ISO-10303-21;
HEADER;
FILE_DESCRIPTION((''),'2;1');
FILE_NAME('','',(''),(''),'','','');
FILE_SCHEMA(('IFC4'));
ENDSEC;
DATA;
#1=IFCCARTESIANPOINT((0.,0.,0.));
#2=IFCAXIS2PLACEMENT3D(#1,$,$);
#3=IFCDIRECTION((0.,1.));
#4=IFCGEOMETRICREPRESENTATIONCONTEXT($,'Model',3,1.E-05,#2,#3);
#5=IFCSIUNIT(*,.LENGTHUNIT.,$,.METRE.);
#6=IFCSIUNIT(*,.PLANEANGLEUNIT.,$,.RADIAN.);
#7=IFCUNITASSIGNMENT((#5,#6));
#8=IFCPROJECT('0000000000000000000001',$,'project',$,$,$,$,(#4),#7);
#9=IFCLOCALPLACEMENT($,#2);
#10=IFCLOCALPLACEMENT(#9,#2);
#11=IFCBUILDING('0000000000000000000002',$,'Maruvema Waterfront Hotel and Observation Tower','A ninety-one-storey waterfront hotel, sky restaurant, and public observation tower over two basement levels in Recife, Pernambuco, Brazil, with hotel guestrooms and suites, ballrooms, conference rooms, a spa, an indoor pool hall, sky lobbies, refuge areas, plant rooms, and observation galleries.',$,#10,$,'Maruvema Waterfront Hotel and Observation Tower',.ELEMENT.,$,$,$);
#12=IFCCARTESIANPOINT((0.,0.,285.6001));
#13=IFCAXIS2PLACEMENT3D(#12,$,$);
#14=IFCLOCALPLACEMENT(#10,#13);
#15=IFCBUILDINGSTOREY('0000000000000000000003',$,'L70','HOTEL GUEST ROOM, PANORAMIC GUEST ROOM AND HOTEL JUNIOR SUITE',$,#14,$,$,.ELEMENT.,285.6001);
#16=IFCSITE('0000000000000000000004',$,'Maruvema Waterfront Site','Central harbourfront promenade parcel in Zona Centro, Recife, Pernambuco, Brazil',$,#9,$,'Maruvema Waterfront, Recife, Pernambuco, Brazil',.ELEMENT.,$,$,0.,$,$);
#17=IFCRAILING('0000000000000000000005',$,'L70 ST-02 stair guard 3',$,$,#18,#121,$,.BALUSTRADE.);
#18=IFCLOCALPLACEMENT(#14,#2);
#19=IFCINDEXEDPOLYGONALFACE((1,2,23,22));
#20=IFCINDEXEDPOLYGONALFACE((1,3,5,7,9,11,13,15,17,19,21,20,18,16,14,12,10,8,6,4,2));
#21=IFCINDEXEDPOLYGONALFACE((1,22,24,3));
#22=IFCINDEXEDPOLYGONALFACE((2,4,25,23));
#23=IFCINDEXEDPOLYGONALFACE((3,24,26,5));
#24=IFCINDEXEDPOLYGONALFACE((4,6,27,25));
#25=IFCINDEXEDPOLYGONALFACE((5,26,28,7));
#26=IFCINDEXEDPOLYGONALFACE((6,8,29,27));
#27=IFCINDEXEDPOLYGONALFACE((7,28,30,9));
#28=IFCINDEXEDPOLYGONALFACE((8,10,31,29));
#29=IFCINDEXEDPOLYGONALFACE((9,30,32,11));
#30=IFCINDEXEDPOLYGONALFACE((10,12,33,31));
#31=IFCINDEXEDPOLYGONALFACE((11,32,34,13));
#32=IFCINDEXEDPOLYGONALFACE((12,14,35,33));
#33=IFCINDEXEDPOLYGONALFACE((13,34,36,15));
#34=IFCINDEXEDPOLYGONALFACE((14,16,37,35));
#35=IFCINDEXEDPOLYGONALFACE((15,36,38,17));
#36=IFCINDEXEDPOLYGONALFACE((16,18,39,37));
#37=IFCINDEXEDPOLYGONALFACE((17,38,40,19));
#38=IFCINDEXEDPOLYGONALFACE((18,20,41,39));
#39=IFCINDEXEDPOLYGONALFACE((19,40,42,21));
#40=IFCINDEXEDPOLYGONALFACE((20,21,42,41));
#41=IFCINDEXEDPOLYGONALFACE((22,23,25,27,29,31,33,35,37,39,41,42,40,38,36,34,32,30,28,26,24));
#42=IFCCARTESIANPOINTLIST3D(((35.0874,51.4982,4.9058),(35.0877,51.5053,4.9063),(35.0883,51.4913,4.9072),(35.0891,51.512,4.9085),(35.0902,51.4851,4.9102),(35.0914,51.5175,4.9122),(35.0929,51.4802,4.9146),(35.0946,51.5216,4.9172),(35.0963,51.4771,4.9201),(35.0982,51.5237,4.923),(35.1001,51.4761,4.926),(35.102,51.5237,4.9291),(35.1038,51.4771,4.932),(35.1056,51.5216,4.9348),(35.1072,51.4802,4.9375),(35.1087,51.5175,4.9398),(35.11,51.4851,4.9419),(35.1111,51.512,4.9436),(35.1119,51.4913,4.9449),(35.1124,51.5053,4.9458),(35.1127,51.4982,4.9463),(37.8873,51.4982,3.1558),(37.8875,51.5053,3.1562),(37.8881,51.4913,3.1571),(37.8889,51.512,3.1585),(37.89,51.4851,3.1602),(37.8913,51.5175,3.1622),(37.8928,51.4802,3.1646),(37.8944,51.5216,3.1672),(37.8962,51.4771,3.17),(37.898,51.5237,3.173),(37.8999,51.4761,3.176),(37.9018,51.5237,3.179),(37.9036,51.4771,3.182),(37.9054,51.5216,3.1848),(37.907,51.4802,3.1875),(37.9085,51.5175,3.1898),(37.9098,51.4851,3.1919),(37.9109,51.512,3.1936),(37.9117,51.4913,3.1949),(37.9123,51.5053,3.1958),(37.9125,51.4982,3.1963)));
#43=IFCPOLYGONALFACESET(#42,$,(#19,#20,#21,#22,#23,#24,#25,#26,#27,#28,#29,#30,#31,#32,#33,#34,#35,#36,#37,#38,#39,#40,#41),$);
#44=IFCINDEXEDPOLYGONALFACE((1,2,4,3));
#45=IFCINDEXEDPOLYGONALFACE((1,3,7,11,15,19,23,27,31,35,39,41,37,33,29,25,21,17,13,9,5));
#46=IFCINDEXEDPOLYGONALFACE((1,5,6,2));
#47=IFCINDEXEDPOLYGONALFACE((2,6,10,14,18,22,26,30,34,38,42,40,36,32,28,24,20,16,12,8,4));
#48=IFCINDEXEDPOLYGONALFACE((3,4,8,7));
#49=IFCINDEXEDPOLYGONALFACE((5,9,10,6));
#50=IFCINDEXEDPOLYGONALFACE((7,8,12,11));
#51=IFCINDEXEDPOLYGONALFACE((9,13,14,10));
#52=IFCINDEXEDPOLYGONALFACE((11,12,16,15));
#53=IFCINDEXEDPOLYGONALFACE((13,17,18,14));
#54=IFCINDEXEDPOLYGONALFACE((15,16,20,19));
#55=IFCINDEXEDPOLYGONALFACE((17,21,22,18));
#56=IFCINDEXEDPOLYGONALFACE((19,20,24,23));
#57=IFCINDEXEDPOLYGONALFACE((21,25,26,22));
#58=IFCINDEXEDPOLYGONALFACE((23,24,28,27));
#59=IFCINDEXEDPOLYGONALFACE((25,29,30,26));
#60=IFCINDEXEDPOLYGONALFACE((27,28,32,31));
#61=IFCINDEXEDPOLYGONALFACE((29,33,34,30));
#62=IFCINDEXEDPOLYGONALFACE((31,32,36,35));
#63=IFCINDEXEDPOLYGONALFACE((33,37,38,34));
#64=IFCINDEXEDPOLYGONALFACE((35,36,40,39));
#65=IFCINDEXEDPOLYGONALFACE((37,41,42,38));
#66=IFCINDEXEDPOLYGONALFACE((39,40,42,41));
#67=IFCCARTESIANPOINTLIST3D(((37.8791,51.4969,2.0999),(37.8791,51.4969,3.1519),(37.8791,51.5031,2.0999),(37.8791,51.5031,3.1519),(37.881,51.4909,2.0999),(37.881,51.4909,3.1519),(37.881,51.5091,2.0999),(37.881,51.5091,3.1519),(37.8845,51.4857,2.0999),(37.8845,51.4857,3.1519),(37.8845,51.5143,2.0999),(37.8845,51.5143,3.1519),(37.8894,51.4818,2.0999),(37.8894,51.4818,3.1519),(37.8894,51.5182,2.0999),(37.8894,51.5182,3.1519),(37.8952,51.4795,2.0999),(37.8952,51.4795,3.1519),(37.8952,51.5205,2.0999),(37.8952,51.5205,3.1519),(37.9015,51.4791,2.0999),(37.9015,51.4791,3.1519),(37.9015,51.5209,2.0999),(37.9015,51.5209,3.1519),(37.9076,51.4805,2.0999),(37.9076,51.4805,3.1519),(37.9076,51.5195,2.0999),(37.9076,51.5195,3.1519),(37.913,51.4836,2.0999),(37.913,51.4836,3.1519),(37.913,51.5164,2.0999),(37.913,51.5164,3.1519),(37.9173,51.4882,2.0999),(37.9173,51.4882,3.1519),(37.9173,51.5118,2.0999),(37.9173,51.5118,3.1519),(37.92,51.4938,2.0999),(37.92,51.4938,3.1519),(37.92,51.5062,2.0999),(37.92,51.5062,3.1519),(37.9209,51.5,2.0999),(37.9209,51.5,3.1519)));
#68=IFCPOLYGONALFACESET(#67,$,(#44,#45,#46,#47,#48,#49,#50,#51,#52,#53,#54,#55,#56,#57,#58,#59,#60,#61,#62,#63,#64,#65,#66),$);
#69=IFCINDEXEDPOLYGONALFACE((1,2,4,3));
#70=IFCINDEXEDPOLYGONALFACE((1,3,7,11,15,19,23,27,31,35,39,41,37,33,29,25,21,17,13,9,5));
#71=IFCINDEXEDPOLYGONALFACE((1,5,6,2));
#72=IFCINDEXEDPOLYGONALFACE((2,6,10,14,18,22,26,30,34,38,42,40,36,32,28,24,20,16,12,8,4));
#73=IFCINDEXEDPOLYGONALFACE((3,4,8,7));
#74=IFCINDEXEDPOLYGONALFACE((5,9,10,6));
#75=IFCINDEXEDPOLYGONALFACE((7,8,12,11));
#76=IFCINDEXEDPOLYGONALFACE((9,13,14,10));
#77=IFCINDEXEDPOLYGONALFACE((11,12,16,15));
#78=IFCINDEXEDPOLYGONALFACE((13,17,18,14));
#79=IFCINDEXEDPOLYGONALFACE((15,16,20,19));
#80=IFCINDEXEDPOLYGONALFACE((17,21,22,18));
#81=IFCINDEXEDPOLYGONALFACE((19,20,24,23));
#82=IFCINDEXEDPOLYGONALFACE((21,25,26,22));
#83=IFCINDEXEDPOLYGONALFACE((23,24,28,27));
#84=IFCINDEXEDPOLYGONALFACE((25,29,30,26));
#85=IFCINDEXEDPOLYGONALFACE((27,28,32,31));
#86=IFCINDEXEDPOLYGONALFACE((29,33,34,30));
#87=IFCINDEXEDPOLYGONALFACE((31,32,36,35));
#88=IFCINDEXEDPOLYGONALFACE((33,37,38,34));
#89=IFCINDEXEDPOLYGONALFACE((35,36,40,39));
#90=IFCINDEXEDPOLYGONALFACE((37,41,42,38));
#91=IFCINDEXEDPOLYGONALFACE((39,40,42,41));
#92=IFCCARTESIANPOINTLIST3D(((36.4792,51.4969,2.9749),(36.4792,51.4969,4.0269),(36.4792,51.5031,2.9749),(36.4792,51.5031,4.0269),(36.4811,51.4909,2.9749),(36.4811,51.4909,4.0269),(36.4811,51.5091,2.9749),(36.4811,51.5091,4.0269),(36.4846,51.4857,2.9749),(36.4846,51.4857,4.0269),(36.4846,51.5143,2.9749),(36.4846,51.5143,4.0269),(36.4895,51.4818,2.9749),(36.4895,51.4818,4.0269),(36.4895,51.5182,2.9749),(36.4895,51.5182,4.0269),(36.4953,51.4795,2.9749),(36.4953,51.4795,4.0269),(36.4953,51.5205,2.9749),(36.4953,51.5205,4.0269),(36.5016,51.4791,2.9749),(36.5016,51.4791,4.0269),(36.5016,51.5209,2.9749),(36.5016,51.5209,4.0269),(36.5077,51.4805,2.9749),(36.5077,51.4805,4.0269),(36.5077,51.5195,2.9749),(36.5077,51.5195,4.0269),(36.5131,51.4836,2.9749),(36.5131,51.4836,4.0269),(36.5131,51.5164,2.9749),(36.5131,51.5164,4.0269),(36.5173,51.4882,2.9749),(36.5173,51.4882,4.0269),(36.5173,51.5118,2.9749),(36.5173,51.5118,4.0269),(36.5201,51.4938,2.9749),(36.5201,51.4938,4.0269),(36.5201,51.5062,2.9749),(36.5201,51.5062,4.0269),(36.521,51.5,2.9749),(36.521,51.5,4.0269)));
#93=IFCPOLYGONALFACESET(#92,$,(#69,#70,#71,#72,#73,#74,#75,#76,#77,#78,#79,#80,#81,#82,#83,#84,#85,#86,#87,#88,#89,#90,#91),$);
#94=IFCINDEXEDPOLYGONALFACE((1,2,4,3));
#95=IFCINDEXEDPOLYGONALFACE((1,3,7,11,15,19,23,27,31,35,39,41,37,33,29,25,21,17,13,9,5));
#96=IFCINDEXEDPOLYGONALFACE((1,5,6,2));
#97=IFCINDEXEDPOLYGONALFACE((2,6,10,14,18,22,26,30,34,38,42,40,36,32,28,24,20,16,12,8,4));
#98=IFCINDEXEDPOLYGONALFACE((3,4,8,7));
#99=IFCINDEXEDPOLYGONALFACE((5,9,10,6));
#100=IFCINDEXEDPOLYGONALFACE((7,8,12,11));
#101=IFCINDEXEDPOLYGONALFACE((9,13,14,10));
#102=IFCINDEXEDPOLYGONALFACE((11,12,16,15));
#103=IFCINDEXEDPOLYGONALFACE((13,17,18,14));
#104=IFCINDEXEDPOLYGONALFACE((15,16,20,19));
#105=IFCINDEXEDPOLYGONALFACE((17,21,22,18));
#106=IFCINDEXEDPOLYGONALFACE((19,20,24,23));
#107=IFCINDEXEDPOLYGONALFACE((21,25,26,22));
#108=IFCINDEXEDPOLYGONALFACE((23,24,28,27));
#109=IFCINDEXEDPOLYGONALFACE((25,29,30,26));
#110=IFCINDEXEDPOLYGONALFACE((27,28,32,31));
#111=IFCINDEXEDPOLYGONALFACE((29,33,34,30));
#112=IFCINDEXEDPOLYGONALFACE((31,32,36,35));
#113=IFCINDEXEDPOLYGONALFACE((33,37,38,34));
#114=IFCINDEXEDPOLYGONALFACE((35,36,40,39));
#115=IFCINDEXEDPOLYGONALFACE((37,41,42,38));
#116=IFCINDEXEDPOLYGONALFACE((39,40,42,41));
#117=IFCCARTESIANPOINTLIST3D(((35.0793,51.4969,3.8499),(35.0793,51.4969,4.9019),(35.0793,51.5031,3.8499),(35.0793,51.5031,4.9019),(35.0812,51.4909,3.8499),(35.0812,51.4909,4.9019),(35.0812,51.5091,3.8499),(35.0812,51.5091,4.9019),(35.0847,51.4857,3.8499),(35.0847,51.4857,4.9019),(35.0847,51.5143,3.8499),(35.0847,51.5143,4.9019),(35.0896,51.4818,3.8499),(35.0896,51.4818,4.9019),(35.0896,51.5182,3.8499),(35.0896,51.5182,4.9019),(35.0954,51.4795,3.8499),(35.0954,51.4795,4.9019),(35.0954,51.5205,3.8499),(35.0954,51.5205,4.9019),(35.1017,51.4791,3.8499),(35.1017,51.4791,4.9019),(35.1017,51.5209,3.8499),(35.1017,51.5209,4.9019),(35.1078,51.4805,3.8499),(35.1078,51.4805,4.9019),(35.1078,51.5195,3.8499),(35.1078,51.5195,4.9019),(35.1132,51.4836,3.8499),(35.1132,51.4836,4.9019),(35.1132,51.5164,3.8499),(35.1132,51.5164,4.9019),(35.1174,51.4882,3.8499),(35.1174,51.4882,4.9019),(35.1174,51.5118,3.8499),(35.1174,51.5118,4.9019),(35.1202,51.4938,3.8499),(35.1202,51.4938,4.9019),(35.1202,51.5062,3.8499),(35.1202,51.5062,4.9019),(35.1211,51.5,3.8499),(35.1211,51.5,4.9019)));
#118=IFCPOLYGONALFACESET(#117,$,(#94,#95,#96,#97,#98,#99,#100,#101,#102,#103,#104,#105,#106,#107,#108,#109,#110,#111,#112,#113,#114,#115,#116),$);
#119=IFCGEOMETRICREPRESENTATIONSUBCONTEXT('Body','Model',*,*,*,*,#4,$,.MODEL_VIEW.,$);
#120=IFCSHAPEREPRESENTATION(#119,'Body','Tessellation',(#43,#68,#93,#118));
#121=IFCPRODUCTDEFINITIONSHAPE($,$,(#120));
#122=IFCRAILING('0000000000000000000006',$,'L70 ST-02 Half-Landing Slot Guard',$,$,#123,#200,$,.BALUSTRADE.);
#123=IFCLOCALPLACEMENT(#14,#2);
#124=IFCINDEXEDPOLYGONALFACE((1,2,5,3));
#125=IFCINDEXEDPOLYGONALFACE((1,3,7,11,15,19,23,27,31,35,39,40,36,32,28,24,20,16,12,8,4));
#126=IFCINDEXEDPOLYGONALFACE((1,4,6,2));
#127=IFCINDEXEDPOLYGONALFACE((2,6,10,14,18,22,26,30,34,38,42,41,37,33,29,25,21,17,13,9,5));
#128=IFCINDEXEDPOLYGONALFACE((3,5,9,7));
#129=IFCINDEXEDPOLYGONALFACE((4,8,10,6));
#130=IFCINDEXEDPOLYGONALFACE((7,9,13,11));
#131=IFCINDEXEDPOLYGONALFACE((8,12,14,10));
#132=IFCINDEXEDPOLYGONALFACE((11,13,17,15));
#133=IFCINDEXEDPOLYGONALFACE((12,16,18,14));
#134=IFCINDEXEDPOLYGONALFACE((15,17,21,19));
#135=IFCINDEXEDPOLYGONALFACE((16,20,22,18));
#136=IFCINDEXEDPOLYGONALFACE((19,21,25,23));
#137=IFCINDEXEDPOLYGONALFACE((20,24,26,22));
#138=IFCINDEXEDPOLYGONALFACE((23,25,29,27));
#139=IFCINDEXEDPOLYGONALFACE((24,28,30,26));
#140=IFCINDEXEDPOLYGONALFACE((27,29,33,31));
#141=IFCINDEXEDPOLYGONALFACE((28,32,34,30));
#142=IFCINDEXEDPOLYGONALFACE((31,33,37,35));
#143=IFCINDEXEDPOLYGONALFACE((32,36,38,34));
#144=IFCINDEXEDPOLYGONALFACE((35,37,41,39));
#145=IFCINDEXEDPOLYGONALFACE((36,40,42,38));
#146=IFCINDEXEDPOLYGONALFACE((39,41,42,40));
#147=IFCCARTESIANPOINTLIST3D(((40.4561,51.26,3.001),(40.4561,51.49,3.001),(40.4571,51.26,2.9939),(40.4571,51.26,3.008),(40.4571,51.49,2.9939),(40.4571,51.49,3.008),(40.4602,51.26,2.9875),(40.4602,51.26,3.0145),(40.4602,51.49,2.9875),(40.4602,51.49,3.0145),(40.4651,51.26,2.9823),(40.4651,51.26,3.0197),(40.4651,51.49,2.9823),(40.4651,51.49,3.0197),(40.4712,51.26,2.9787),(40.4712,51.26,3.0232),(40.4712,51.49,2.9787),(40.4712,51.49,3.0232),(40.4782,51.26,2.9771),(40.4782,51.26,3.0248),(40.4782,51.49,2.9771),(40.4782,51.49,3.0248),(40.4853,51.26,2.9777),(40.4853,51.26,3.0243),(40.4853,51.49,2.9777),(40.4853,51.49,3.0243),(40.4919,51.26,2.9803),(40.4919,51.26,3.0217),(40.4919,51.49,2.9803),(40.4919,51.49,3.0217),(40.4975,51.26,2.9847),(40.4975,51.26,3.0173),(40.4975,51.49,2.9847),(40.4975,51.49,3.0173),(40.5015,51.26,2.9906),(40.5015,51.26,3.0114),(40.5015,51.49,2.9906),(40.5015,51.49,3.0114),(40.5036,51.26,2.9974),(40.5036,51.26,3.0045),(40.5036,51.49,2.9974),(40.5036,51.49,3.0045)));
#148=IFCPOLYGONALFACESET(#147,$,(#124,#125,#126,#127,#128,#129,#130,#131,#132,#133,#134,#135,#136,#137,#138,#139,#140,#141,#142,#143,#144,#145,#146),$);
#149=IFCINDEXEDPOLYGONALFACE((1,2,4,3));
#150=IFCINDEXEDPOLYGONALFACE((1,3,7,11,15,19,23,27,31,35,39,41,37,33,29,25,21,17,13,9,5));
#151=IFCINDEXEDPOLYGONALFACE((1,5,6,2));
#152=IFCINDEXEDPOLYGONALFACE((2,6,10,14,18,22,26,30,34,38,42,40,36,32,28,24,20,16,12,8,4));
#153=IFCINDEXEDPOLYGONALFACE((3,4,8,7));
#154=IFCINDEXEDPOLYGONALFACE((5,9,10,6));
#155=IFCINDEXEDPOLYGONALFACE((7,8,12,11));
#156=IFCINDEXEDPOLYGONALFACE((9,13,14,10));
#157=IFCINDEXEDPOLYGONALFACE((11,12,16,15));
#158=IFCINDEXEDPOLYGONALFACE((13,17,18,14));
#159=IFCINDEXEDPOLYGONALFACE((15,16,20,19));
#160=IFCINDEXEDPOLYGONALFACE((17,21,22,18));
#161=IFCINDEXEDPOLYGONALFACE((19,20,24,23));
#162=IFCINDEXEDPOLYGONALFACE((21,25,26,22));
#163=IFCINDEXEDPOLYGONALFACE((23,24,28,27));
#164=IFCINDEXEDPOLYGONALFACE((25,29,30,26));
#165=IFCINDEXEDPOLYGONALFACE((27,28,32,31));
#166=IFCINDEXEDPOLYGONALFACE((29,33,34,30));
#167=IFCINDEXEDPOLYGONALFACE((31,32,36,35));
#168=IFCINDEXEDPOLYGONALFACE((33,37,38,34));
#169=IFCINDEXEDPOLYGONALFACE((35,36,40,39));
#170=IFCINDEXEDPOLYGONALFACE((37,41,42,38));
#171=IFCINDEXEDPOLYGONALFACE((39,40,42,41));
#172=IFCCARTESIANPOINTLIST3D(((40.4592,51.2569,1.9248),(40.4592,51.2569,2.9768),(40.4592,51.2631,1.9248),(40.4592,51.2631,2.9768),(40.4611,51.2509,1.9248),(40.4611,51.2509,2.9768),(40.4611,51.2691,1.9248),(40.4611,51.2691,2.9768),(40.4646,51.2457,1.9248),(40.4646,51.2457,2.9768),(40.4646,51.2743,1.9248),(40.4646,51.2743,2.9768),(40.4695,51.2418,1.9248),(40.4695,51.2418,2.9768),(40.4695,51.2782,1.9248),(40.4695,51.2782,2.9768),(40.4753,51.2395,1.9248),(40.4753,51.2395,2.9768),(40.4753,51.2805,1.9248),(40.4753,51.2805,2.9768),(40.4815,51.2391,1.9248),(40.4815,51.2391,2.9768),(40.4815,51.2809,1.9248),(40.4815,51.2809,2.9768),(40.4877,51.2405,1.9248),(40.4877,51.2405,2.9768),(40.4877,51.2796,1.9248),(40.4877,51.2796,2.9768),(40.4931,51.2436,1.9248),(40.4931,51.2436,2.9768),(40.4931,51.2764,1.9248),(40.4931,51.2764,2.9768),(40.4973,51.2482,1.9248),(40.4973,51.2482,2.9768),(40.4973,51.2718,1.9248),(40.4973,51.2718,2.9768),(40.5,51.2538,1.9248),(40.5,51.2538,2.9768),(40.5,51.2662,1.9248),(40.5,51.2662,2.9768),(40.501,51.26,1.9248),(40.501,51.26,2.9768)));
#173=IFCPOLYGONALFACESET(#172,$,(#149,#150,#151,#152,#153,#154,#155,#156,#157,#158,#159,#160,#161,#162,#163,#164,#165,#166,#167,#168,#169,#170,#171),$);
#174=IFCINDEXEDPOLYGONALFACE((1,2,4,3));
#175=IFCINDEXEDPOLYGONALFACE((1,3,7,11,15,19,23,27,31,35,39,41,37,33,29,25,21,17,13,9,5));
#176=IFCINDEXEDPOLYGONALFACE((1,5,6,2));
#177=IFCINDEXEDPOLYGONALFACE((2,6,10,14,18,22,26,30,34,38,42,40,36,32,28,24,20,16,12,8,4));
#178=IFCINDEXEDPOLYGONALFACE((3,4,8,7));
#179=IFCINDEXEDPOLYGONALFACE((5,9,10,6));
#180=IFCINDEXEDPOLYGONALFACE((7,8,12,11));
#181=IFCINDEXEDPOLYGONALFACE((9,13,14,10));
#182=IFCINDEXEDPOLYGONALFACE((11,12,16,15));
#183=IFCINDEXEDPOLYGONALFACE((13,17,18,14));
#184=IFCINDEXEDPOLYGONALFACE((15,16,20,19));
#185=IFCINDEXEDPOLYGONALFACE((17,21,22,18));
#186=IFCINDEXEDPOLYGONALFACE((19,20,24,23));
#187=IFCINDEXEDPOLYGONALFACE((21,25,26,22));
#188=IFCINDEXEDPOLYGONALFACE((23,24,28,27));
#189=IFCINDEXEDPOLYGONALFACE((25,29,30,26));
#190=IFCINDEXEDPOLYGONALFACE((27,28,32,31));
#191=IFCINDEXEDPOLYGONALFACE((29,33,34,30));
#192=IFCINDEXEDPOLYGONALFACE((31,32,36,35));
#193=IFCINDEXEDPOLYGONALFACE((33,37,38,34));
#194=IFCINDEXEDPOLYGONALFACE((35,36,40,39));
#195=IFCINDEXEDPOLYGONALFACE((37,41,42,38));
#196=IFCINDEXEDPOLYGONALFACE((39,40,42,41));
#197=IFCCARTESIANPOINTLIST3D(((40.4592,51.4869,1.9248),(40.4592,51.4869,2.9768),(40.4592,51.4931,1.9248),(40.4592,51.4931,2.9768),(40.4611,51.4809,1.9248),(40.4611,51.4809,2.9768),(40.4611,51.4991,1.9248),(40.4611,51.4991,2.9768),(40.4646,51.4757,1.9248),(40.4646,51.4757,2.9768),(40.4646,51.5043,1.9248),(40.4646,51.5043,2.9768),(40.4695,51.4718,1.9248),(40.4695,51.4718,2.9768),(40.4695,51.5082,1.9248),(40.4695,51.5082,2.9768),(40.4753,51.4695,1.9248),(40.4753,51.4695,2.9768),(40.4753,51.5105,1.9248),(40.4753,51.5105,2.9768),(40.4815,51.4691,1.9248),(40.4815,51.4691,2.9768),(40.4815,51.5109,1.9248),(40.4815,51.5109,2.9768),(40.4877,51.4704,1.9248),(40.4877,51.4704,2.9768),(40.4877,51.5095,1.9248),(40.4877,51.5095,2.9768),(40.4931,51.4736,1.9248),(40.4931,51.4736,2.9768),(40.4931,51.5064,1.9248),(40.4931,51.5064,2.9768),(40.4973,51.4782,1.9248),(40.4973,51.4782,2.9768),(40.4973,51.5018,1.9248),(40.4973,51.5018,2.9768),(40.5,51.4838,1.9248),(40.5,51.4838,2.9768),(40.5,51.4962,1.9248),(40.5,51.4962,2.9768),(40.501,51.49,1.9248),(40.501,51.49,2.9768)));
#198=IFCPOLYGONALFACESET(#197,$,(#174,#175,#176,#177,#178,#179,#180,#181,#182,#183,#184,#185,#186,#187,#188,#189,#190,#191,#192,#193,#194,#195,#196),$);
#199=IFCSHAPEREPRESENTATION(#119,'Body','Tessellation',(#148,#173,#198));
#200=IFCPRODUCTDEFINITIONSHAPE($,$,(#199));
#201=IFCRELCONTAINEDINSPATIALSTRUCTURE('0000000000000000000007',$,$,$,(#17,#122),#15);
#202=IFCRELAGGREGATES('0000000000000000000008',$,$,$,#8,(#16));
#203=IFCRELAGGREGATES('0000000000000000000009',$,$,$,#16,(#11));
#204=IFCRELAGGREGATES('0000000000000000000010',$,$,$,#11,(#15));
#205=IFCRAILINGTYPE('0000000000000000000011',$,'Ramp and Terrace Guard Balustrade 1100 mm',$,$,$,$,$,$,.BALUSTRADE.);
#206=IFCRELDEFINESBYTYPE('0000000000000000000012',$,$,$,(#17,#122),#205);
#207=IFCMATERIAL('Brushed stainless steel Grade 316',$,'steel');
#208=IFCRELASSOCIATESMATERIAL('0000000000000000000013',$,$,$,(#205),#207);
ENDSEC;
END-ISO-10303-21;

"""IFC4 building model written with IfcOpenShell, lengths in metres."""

from ifc_helpers import new_model, si_unit, direction, frame, origin, origin_2d, place, context, subcontext, project, spatial, circle, extrude, material, type_object, element, save


model = new_model("IFC4")

# Units and contexts
model_context = context("Model", 3, precision=1e-05, world=origin(), true_north=direction((0.0, 1.0)))
body_context = subcontext(model_context, "Body", "Model", "MODEL_VIEW")
ifc_project = project(units=[si_unit("LENGTHUNIT", "METRE"), si_unit("PLANEANGLEUNIT", "RADIAN")], contexts=[model_context])

# Site, building, storey
site_placement = place(None, origin())
site = spatial("IfcSite", under=ifc_project, at=site_placement, Name="Maruvema Waterfront Site", Description="Central harbourfront promenade parcel in Zona Centro, Recife, Pernambuco, Brazil", LongName="Maruvema Waterfront, Recife, Pernambuco, Brazil", CompositionType="ELEMENT", RefElevation=0.0)
building_placement = place(site_placement, origin())
building = spatial("IfcBuilding", under=site, at=building_placement, Name="Maruvema Waterfront Hotel and Observation Tower", Description="A ninety-one-storey waterfront hotel, sky restaurant, and public observation tower over two basement levels in Recife, Pernambuco, Brazil, with hotel guestrooms and suites, ballrooms, conference rooms, a spa, an indoor pool hall, sky lobbies, refuge areas, plant rooms, and observation galleries.", LongName="Maruvema Waterfront Hotel and Observation Tower", CompositionType="ELEMENT")
storey_placement = place(building_placement, frame((0.0, 0.0, 285.6001)))
storey = spatial("IfcBuildingStorey", under=building, at=storey_placement, Name="L70", Description="HOTEL GUEST ROOM, PANORAMIC GUEST ROOM AND HOTEL JUNIOR SUITE", CompositionType="ELEMENT", Elevation=285.6001)

# Railings
ifc_material_1 = material(Name="Brushed stainless steel Grade 316", Category="steel")
railing_type_1 = type_object("IfcRailingType", Name="Ramp and Terrace Guard Balustrade 1100 mm", PredefinedType="BALUSTRADE", material=ifc_material_1)
railing_1_placement = place(storey_placement, frame((37.8999, 51.5, 2.0999)))
element("IfcRailing", 1, at=railing_1_placement, inside=storey, type_object=railing_type_1, Name="L70 ST-02 stair guard 3", PredefinedType="BALUSTRADE", context=body_context, shape_type="SweptSolid", body=[
    extrude(circle(Radius=0.0239, at=origin_2d()), frame((0.0, 0.0, 1.0762), z_axis=(-0.847982, 0.0, 0.530026), x_axis=(0.0, -1.0, 0.0)), (0.0, 0.0, 1.0), 3.3018),
    extrude(circle(Radius=0.021, at=origin_2d()), origin(), (0.0, 0.0, 1.0), 1.052),
    extrude(circle(Radius=0.021, at=origin_2d()), frame((-1.3999, 0.0, 0.875)), (0.0, 0.0, 1.0), 1.052),
    extrude(circle(Radius=0.021, at=origin_2d()), frame((-2.7998, 0.0, 1.75)), (0.0, 0.0, 1.0), 1.052),
])
railing_2_placement = place(storey_placement, frame((40.48, 51.26, 1.9248)))
element("IfcRailing", 2, at=railing_2_placement, inside=storey, type_object=railing_type_1, Name="L70 ST-02 Half-Landing Slot Guard", PredefinedType="BALUSTRADE", context=body_context, shape_type="SweptSolid", body=[
    extrude(circle(Radius=0.0239, at=origin_2d()), frame((0.0, 0.0, 1.0762), z_axis=(0.0, 1.0, 0.0), x_axis=(-1.0, 0.0, 0.0)), (0.0, 0.0, 1.0), 0.23),
    extrude(circle(Radius=0.021, at=origin_2d()), origin(), (0.0, 0.0, 1.0), 1.052),
    extrude(circle(Radius=0.021, at=origin_2d()), frame((0.0, 0.23, 0.0)), (0.0, 0.0, 1.0), 1.052),
])

save(model, "model.ifc")
